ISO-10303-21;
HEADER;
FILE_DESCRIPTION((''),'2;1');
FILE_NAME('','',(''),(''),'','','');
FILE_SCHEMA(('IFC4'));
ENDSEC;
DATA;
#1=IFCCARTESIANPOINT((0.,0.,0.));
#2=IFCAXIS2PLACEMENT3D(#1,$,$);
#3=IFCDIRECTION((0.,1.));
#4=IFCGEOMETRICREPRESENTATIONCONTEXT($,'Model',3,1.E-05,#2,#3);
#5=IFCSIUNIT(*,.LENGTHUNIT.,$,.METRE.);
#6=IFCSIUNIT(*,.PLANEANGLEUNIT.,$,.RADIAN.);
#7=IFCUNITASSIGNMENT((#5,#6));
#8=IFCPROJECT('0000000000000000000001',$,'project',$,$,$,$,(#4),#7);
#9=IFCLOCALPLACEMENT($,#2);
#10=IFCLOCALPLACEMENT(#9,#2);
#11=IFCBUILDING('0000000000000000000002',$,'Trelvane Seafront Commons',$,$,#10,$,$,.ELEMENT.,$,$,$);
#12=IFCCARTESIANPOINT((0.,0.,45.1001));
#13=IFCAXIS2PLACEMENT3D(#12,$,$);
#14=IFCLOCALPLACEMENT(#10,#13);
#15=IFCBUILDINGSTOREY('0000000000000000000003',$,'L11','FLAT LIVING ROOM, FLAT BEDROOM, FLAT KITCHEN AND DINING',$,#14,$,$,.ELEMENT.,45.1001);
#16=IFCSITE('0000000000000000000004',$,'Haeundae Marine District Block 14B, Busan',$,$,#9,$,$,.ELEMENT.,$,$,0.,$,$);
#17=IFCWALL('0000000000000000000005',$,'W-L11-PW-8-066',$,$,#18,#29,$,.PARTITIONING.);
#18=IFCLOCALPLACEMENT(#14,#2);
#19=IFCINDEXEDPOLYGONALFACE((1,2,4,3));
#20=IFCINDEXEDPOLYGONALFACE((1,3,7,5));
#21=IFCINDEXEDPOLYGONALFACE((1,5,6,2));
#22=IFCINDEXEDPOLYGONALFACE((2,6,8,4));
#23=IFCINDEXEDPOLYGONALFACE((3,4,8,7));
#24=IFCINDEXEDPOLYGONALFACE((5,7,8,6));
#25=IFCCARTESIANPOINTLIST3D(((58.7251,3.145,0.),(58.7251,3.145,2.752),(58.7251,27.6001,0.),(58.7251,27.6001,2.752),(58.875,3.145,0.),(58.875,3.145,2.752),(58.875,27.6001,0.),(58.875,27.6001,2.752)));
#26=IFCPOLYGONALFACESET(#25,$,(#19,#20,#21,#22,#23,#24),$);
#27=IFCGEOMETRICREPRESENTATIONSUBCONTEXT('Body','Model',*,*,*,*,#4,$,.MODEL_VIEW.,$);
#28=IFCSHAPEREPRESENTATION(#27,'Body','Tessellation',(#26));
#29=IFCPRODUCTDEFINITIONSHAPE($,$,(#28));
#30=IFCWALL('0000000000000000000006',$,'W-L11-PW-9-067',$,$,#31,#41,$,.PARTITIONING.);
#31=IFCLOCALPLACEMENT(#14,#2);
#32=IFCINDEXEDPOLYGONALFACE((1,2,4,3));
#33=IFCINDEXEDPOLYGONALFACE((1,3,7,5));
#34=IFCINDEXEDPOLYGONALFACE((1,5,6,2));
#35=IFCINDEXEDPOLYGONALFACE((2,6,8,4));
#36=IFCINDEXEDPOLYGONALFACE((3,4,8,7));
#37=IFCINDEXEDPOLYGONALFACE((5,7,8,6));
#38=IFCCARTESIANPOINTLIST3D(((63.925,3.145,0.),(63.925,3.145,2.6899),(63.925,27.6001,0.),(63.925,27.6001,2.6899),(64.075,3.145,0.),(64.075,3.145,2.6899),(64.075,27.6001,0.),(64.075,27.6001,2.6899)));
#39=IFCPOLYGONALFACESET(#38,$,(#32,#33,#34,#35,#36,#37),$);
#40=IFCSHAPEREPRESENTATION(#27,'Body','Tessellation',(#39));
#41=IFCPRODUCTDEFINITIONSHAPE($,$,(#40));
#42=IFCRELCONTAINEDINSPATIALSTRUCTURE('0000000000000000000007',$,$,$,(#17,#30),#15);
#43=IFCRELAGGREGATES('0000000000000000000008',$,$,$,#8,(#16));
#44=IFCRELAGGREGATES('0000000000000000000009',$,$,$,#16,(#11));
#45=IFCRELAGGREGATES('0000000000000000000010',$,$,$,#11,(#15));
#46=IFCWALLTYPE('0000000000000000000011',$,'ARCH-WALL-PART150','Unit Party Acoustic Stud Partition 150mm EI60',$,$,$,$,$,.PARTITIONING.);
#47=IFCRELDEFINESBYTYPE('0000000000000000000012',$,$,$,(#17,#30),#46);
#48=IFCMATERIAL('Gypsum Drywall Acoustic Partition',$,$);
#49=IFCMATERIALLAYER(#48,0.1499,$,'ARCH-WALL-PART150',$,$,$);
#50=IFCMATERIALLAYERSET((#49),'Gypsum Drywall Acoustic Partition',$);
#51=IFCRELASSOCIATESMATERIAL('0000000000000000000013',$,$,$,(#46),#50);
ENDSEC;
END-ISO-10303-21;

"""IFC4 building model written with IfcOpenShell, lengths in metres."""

from ifc_helpers import new_model, si_unit, direction, frame, frame_2d, origin, place, context, subcontext, project, spatial, rectangle, extrude, material, layer, layer_set, type_object, element, save


model = new_model("IFC4")

# Units and contexts
model_context = context("Model", 3, precision=1e-05, world=origin(), true_north=direction((0.0, 1.0)))
body_context = subcontext(model_context, "Body", "Model", "MODEL_VIEW")
ifc_project = project(units=[si_unit("LENGTHUNIT", "METRE"), si_unit("PLANEANGLEUNIT", "RADIAN")], contexts=[model_context])

# Site, building, storey
site_placement = place(None, origin())
site = spatial("IfcSite", under=ifc_project, at=site_placement, Name="Haeundae Marine District Block 14B, Busan", CompositionType="ELEMENT", RefElevation=0.0)
building_placement = place(site_placement, origin())
building = spatial("IfcBuilding", under=site, at=building_placement, Name="Trelvane Seafront Commons", CompositionType="ELEMENT")
storey_placement = place(building_placement, frame((0.0, 0.0, 45.1001)))
storey = spatial("IfcBuildingStorey", under=building, at=storey_placement, Name="L11", Description="FLAT LIVING ROOM, FLAT BEDROOM, FLAT KITCHEN AND DINING", CompositionType="ELEMENT", Elevation=45.1001)

# Walls
ifc_material_1 = material(Name="Gypsum Drywall Acoustic Partition")
ifc_layer_1 = layer(ifc_material_1, 0.1499, Name="ARCH-WALL-PART150")
ifc_layer_set_1 = layer_set([ifc_layer_1], Name="Gypsum Drywall Acoustic Partition")
wall_type_1 = type_object("IfcWallType", Name="ARCH-WALL-PART150", Description="Unit Party Acoustic Stud Partition 150mm EI60", PredefinedType="PARTITIONING", material=ifc_layer_set_1)
wall_1_placement = place(storey_placement, frame((58.8, 3.145, 0.0), z_axis=(0.0, 0.0, 1.0), x_axis=(0.0, 1.0, 0.0)))
element("IfcWall", 1, at=wall_1_placement, inside=storey, type_object=wall_type_1, Name="W-L11-PW-8-066", PredefinedType="PARTITIONING", context=body_context, shape_type="SweptSolid", body=[
    extrude(rectangle(XDim=24.4551, YDim=0.1499, at=frame_2d((12.2275, 0.0))), origin(), (0.0, 0.0, 1.0), 2.752),
])
wall_2_placement = place(storey_placement, frame((64.0, 3.145, 0.0), z_axis=(0.0, 0.0, 1.0), x_axis=(0.0, 1.0, 0.0)))
element("IfcWall", 2, at=wall_2_placement, inside=storey, type_object=wall_type_1, Name="W-L11-PW-9-067", PredefinedType="PARTITIONING", context=body_context, shape_type="SweptSolid", body=[
    extrude(rectangle(XDim=24.4551, YDim=0.1499, at=frame_2d((12.2275, 0.0))), origin(), (0.0, 0.0, 1.0), 2.6899),
])

save(model, "model.ifc")
